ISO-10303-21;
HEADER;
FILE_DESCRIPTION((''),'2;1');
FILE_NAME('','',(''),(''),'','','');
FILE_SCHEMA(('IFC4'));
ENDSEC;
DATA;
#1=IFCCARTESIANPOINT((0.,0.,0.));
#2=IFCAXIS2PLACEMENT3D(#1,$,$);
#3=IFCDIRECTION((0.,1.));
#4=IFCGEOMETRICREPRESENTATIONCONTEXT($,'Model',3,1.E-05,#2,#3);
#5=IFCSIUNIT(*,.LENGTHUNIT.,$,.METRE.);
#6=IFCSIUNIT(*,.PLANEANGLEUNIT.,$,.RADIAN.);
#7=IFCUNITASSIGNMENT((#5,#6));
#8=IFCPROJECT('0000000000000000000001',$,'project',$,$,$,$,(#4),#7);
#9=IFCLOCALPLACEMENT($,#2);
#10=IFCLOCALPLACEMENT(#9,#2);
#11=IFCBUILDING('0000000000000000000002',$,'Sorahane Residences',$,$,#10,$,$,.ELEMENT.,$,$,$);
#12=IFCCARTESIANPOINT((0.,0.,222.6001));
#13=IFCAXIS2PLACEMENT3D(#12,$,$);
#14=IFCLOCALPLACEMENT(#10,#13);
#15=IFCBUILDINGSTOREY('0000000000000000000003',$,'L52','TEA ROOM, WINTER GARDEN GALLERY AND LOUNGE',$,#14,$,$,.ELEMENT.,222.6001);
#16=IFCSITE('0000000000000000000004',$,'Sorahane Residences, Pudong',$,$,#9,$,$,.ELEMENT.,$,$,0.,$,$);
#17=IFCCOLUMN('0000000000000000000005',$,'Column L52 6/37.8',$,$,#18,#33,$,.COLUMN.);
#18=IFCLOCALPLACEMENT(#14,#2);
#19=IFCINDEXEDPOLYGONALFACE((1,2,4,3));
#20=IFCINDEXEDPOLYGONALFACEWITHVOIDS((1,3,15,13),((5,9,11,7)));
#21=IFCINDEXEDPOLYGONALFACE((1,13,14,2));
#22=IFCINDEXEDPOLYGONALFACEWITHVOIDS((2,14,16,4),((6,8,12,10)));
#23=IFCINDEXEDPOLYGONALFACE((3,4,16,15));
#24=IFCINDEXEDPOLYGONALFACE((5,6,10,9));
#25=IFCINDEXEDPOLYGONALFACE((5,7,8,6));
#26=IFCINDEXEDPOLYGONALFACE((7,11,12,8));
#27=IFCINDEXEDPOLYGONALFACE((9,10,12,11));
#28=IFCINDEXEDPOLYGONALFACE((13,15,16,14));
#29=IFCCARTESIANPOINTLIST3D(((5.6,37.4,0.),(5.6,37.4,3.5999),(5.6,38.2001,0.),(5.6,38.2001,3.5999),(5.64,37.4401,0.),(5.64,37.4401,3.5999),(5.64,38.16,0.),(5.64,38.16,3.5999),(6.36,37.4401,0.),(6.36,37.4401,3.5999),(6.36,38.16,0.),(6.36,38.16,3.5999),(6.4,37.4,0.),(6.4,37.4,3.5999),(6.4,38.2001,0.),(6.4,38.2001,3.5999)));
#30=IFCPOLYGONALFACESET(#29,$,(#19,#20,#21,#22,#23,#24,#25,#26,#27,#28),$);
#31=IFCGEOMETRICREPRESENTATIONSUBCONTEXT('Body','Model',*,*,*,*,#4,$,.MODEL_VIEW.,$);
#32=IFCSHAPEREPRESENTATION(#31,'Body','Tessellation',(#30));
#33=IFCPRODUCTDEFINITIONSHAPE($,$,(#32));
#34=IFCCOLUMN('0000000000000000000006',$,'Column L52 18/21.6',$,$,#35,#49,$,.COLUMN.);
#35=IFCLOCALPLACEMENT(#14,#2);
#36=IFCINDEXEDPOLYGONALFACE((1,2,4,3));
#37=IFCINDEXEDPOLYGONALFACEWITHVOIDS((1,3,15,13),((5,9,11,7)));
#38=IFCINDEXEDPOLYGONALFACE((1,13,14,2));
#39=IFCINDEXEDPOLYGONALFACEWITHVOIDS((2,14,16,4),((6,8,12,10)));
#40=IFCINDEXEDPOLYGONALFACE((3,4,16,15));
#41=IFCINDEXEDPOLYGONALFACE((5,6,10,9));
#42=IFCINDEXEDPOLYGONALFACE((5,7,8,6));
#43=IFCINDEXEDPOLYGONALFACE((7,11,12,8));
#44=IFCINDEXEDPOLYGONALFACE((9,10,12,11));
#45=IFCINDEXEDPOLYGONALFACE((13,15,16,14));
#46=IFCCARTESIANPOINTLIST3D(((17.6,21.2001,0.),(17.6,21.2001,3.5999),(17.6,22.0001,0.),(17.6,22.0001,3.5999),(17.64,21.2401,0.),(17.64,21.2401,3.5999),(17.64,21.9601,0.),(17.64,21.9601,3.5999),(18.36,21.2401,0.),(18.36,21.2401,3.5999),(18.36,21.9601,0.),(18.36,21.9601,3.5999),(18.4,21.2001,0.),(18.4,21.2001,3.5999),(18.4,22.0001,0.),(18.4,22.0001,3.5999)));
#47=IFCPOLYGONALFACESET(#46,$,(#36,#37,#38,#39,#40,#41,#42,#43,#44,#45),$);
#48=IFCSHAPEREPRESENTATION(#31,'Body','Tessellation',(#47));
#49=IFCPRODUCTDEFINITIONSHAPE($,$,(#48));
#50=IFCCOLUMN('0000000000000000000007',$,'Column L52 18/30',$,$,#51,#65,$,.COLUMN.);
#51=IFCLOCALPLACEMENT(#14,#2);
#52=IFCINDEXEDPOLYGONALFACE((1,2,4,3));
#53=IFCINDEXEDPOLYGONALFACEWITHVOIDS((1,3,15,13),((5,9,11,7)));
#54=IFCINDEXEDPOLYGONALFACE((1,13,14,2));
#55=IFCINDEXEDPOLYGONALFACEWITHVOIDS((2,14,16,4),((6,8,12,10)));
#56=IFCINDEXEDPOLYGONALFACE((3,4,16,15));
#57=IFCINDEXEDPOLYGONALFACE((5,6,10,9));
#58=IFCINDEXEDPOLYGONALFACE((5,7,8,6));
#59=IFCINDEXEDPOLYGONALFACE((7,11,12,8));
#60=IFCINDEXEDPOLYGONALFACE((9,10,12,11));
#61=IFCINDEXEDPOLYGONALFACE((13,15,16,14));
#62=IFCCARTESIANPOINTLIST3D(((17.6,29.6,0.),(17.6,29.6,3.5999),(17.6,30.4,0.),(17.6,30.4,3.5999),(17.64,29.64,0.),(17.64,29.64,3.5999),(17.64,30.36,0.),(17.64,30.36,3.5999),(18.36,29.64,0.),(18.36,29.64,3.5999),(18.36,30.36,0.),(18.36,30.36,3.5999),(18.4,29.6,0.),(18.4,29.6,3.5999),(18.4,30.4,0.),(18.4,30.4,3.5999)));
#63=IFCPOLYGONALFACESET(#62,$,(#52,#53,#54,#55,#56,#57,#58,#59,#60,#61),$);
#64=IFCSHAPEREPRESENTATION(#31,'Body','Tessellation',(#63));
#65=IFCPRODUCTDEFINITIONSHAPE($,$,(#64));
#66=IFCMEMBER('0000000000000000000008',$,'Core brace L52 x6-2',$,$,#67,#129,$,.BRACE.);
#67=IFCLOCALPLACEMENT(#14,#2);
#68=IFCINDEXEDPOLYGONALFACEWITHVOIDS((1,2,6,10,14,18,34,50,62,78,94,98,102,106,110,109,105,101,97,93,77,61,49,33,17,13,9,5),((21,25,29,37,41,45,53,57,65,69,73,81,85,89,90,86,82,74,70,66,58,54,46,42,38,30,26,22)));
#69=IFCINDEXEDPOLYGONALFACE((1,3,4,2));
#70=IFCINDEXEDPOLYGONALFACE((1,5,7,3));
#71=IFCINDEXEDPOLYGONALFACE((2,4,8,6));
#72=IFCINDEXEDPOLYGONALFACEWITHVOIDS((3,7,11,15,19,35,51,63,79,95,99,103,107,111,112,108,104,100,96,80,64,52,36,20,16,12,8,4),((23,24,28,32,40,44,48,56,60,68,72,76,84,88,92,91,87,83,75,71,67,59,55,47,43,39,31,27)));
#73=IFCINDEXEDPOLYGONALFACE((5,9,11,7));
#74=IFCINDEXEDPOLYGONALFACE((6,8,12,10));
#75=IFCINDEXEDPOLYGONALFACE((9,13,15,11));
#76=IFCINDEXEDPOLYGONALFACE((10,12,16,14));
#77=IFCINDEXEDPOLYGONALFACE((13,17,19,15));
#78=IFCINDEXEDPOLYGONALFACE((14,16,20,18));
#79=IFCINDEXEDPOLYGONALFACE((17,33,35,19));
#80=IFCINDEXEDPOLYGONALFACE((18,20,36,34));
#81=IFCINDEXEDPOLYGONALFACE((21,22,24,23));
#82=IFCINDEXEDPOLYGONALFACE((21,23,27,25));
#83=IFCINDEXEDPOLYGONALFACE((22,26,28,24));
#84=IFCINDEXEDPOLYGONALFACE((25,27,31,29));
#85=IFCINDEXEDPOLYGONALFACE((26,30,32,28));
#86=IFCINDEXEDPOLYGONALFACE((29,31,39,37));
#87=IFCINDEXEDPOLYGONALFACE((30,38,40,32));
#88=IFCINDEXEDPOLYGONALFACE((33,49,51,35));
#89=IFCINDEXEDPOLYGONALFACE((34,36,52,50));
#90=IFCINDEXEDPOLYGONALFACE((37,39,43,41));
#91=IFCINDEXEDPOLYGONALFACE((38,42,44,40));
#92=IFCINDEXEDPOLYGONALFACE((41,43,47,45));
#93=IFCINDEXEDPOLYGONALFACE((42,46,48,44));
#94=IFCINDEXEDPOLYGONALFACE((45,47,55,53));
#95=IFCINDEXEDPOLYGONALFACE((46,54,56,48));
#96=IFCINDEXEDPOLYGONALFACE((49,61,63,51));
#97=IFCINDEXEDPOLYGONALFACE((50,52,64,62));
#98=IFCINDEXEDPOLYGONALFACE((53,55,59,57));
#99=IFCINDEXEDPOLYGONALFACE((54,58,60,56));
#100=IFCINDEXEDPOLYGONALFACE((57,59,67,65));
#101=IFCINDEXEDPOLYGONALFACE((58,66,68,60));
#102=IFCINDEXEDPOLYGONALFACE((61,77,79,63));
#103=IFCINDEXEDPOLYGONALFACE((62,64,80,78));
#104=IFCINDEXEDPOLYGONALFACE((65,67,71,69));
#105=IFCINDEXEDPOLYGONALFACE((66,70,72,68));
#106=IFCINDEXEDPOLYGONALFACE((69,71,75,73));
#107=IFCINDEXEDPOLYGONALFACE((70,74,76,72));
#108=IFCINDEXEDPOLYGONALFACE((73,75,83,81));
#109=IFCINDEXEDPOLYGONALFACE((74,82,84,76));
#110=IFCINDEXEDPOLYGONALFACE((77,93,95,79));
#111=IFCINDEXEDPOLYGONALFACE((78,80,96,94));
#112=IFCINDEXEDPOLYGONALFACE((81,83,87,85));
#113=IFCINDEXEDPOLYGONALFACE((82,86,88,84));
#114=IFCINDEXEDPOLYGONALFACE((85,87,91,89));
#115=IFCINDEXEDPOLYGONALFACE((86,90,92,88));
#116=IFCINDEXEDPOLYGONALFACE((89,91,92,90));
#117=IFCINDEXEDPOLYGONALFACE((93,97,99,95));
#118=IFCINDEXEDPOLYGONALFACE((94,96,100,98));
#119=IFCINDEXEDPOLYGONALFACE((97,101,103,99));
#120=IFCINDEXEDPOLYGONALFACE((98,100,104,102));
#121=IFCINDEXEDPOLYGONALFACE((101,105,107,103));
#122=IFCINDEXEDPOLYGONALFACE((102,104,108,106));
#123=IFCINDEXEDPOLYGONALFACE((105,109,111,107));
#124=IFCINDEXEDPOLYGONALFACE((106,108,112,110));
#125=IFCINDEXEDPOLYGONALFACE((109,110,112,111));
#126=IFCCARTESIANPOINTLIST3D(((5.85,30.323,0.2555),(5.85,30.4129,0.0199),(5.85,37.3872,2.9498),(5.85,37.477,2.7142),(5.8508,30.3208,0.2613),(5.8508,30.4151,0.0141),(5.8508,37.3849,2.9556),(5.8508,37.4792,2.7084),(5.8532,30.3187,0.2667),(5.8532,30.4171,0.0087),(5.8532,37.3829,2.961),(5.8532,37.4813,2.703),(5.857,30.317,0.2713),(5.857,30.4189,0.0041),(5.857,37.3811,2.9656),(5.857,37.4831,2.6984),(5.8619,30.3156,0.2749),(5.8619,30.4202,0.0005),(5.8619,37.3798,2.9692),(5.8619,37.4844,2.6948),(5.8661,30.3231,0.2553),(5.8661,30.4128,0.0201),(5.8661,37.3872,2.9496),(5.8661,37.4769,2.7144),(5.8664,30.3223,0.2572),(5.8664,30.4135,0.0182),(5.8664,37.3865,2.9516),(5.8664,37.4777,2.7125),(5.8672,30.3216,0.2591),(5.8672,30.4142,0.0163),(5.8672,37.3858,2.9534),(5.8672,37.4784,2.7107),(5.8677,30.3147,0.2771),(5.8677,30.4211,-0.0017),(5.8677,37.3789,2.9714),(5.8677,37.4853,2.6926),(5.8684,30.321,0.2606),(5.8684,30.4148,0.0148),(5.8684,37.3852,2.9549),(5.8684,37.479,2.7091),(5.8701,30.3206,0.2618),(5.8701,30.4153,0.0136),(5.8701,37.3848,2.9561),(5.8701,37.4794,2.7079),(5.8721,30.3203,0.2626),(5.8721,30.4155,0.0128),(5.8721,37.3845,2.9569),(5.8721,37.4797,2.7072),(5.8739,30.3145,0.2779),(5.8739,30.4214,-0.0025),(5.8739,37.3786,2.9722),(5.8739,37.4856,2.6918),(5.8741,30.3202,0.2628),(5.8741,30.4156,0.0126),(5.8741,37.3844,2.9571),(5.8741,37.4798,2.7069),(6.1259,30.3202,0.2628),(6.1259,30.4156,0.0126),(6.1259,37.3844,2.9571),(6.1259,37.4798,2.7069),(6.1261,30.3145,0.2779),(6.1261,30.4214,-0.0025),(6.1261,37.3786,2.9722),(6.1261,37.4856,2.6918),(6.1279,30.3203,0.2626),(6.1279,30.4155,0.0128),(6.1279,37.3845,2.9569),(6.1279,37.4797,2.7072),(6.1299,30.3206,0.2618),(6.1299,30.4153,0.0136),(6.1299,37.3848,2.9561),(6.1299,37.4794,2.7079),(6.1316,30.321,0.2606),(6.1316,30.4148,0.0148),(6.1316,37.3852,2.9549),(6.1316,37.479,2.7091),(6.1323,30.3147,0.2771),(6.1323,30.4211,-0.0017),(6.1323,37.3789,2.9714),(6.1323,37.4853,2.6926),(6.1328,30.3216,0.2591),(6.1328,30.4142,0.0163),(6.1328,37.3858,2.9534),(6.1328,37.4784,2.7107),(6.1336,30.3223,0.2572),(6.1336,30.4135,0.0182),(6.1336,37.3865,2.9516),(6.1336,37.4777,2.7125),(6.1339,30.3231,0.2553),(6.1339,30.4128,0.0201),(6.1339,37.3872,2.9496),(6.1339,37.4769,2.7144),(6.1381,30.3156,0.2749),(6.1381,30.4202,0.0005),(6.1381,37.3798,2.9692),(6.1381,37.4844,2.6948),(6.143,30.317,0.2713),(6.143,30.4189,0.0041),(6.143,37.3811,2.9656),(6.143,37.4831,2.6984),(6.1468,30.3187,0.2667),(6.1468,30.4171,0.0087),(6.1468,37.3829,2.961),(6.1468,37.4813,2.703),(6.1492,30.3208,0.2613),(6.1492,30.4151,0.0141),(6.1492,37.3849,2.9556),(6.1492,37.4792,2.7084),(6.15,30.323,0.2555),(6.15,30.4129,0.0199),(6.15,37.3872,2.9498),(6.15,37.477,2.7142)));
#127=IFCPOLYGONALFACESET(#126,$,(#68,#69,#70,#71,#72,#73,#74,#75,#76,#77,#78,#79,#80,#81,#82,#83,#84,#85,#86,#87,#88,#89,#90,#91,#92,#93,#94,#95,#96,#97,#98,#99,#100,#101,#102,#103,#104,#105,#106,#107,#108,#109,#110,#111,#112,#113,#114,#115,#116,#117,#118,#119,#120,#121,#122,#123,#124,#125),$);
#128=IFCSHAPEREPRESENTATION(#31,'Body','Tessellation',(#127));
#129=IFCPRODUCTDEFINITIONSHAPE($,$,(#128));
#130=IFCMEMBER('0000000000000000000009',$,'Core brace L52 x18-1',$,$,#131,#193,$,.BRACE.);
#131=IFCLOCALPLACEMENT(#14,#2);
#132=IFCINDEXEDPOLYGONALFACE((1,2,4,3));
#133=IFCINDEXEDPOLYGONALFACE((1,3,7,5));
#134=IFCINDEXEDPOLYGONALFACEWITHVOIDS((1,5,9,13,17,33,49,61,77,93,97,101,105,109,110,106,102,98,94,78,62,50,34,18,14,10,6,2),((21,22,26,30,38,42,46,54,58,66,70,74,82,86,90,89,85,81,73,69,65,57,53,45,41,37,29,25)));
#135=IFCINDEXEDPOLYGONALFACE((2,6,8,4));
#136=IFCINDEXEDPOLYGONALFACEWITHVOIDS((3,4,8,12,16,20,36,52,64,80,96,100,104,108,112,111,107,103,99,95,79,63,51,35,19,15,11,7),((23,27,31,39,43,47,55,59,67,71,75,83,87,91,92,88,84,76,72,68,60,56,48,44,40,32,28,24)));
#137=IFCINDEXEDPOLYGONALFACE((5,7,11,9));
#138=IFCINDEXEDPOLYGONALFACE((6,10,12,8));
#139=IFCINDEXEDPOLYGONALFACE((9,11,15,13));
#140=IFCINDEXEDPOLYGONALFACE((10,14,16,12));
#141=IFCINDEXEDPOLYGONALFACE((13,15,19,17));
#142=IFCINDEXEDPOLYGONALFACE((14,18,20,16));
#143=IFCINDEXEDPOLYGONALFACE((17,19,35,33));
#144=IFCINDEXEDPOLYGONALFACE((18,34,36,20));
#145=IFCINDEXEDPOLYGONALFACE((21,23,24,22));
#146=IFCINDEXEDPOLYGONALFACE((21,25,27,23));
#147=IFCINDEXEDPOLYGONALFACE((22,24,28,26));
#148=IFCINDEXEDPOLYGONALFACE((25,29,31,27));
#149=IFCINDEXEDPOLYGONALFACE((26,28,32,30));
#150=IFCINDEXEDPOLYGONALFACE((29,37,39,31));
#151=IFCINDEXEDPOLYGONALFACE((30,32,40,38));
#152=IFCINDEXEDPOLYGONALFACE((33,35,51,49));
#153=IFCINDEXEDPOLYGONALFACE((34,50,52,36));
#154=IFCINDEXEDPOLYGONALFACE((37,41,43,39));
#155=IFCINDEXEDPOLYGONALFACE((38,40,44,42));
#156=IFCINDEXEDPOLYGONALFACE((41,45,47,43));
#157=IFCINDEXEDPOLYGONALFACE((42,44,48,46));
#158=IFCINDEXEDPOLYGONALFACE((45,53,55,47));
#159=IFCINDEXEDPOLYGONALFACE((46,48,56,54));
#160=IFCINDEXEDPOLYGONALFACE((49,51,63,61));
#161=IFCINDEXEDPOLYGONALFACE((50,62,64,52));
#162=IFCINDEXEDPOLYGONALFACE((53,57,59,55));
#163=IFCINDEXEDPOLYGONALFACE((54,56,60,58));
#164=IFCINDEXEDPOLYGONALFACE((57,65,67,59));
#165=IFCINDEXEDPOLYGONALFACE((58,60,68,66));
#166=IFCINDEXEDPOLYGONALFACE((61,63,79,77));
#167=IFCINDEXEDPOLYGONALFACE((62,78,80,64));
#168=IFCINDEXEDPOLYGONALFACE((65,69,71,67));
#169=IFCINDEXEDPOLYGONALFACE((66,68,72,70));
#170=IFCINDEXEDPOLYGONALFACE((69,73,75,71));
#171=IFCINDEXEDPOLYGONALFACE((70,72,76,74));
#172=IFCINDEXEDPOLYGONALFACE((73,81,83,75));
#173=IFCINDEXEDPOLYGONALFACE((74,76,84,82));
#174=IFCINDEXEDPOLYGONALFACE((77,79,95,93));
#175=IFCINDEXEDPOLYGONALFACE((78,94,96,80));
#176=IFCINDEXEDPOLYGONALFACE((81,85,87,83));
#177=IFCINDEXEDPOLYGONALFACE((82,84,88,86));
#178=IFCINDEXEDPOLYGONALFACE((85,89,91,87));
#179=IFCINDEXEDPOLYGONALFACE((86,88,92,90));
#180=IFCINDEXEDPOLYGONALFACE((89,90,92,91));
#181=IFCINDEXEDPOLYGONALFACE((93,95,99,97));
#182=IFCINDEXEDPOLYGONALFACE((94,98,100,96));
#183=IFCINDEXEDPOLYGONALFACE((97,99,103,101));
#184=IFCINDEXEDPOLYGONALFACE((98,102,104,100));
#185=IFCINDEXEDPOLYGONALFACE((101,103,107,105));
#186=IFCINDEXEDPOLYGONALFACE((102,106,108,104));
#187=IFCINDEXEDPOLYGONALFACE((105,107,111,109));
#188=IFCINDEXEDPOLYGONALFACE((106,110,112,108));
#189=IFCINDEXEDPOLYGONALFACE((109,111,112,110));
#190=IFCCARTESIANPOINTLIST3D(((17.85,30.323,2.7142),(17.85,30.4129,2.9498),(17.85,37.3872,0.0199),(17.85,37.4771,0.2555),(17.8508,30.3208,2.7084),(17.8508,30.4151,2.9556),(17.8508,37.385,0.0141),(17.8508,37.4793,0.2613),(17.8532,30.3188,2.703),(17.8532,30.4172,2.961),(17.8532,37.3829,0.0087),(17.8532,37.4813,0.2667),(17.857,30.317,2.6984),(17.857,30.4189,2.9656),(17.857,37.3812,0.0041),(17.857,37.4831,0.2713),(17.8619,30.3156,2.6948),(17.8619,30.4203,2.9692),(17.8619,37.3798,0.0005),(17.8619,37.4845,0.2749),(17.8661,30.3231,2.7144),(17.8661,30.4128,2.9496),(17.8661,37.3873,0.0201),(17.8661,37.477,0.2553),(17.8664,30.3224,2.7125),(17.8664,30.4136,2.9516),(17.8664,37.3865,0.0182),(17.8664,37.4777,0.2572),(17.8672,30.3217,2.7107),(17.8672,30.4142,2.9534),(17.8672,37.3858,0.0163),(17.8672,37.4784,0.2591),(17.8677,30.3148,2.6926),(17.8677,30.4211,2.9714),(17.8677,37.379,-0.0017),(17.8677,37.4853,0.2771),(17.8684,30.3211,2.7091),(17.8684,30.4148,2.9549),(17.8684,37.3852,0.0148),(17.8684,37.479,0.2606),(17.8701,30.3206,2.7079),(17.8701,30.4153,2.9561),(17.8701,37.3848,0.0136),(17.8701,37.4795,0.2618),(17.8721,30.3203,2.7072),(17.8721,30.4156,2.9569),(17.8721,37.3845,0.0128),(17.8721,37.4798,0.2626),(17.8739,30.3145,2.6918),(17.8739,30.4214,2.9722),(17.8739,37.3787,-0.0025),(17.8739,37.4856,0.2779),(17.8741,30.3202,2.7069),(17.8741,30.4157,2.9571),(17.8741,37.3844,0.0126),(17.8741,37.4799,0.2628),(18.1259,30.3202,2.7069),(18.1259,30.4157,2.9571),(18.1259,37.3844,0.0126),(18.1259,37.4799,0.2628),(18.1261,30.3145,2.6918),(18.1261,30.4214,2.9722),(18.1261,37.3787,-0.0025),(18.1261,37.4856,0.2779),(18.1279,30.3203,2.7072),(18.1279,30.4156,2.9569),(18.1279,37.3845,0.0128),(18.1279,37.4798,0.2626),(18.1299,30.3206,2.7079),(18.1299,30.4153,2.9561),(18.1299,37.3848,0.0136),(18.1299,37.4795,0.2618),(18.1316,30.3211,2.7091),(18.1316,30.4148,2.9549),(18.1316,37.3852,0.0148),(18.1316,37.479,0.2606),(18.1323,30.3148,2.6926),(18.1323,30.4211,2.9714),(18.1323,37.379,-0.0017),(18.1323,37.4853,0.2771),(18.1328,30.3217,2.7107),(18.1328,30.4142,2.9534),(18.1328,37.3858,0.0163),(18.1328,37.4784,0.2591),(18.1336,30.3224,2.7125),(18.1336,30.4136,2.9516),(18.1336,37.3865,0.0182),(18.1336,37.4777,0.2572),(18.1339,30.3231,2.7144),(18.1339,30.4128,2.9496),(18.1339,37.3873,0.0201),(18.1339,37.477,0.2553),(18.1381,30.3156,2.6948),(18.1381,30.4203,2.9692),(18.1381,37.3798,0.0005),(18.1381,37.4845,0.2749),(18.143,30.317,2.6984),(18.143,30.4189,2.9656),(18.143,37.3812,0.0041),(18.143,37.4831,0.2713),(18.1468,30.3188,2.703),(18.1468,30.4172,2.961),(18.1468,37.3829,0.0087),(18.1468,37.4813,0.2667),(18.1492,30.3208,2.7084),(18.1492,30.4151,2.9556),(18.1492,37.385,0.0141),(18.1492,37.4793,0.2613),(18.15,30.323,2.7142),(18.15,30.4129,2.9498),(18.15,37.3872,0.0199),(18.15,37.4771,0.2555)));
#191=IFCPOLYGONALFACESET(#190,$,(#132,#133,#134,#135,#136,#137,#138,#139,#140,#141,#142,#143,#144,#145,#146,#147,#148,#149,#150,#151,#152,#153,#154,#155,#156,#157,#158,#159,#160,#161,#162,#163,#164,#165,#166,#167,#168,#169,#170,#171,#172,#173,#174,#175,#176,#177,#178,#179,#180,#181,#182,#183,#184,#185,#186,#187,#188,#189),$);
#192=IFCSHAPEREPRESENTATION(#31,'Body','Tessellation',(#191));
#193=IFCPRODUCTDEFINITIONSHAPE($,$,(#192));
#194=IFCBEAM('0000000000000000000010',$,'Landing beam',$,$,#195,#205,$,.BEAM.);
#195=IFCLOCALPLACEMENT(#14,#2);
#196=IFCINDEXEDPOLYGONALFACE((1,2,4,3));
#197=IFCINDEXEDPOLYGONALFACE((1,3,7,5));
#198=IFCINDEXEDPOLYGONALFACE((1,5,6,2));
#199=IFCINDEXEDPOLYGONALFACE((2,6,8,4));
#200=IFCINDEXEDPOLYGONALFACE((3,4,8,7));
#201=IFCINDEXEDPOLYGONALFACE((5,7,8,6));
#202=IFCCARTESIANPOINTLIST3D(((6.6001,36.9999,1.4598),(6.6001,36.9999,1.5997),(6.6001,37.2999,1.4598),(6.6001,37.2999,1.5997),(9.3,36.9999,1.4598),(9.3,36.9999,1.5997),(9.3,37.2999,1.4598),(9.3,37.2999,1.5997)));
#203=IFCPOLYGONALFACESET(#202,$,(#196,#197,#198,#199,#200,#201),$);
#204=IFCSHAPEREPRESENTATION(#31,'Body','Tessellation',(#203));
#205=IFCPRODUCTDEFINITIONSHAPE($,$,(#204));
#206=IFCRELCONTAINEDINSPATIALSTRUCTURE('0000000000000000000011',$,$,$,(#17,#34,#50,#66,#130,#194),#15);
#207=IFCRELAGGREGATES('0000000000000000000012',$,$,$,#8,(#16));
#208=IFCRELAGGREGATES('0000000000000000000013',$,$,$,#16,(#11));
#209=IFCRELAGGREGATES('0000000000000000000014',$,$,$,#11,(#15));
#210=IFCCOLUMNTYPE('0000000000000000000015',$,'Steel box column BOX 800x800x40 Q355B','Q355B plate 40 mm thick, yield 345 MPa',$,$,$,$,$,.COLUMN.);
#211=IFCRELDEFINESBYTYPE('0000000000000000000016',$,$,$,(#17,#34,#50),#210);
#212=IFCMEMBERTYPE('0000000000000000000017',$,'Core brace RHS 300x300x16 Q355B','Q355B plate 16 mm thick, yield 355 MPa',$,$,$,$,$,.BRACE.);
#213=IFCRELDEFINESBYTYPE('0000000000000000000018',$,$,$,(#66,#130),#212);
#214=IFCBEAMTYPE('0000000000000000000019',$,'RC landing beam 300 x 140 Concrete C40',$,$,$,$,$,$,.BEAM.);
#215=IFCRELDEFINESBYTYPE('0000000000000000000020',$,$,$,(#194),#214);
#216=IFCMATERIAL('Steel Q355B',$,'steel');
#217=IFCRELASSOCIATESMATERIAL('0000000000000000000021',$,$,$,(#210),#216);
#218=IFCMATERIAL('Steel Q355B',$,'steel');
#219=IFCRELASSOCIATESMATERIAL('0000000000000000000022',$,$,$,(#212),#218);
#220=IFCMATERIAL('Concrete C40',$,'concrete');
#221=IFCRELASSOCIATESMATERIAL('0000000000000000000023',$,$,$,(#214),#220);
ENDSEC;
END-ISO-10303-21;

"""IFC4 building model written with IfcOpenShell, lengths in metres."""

from ifc_helpers import new_model, si_unit, direction, frame, origin, origin_2d, place, context, subcontext, project, spatial, rectangle, hollow_rectangle, extrude, material, material_profile, profile_set, type_object, element, save


model = new_model("IFC4")

# Units and contexts
model_context = context("Model", 3, precision=1e-05, world=origin(), true_north=direction((0.0, 1.0)))
body_context = subcontext(model_context, "Body", "Model", "MODEL_VIEW")
ifc_project = project(units=[si_unit("LENGTHUNIT", "METRE"), si_unit("PLANEANGLEUNIT", "RADIAN")], contexts=[model_context])

# Site, building, storey
site_placement = place(None, origin())
site = spatial("IfcSite", under=ifc_project, at=site_placement, Name="Sorahane Residences, Pudong", CompositionType="ELEMENT", RefElevation=0.0)
building_placement = place(site_placement, origin())
building = spatial("IfcBuilding", under=site, at=building_placement, Name="Sorahane Residences", CompositionType="ELEMENT")
storey_placement = place(building_placement, frame((0.0, 0.0, 222.6001)))
storey = spatial("IfcBuildingStorey", under=building, at=storey_placement, Name="L52", Description="TEA ROOM, WINTER GARDEN GALLERY AND LOUNGE", CompositionType="ELEMENT", Elevation=222.6001)

# Columns
ifc_material_1 = material(Name="Steel Q355B", Category="steel")
ifc_material_profile_1 = material_profile(ifc_material_1, hollow_rectangle(XDim=0.8, YDim=0.8, WallThickness=0.04, at=origin_2d()), Name="BOX 800x800x40")
ifc_profile_set_1 = profile_set([ifc_material_profile_1], Name="Steel Q355B")
column_type = type_object("IfcColumnType", Name="Steel box column BOX 800x800x40 Q355B", Description="Q355B plate 40 mm thick, yield 345 MPa", PredefinedType="COLUMN", material=ifc_profile_set_1)
for number, where, z_axis, x_axis, name in (
    (1, (6.0, 37.8, 0.0), (0.0, 0.0, 1.0), (1.0, 0.0, 0.0), "Column L52 6/37.8"),
    (2, (18.0, 21.6001, 0.0), (0.0, 0.0, 1.0), (1.0, 0.0, 0.0), "Column L52 18/21.6"),
    (3, (18.0, 30.0, 0.0), (0.0, 0.0, 1.0), (1.0, 0.0, 0.0), "Column L52 18/30"),
):
    element("IfcColumn", number, at=place(storey_placement, frame(where, z_axis=z_axis, x_axis=x_axis)), inside=storey, type_object=column_type, Name=name, PredefinedType="COLUMN", context=body_context, shape_type="SweptSolid", body=[
        extrude(hollow_rectangle(XDim=0.8, YDim=0.8, WallThickness=0.04, at=origin_2d()), origin(), (0.0, 0.0, 1.0), 3.5999),
    ])

# Members
ifc_material_2 = material(Name="Steel Q355B", Category="steel")
ifc_material_profile_2 = material_profile(ifc_material_2, hollow_rectangle(XDim=0.3, YDim=0.3, WallThickness=0.0161, InnerFilletRadius=0.0081, OuterFilletRadius=0.0239, at=origin_2d()), Name="RHS 300x300x16")
ifc_profile_set_2 = profile_set([ifc_material_profile_2], Name="Steel Q355B")
member_type = type_object("IfcMemberType", Name="Core brace RHS 300x300x16 Q355B", Description="Q355B plate 16 mm thick, yield 355 MPa", PredefinedType="BRACE", material=ifc_profile_set_2)
for number, where, z_axis, x_axis, name in (
    (4, (6.0, 30.3679, 0.1377), (0.0, 0.934346, 0.356366), (-1.0, 0.0, 0.0), "Core brace L52 x6-2"),
    (5, (18.0, 37.4321, 0.1377), (0.0, -0.934346, 0.356366), (1.0, 0.0, 0.0), "Core brace L52 x18-1"),
):
    element("IfcMember", number, at=place(storey_placement, frame(where, z_axis=z_axis, x_axis=x_axis)), inside=storey, type_object=member_type, Name=name, PredefinedType="BRACE", context=body_context, shape_type="SweptSolid", body=[
        extrude(hollow_rectangle(XDim=0.3, YDim=0.3, WallThickness=0.0161, InnerFilletRadius=0.0081, OuterFilletRadius=0.0239, at=origin_2d()), origin(), (0.0, 0.0, 1.0), 7.5605),
    ])

# Beam
ifc_material_3 = material(Name="Concrete C40", Category="concrete")
ifc_material_profile_3 = material_profile(ifc_material_3, rectangle(XDim=0.3, YDim=0.1399, at=origin_2d()), Name="300x140")
ifc_profile_set_3 = profile_set([ifc_material_profile_3], Name="Concrete C40")
beam_type_1 = type_object("IfcBeamType", Name="RC landing beam 300 x 140 Concrete C40", PredefinedType="BEAM", material=ifc_profile_set_3)
for number, where, z_axis, x_axis, name in (
    (6, (6.6001, 37.1499, 1.5298), (1.0, 0.0, 0.0), (0.0, 1.0, 0.0), "Landing beam"),
):
    element("IfcBeam", number, at=place(storey_placement, frame(where, z_axis=z_axis, x_axis=x_axis)), inside=storey, type_object=beam_type_1, Name=name, PredefinedType="BEAM", context=body_context, shape_type="SweptSolid", body=[
        extrude(rectangle(XDim=0.3, YDim=0.1399, at=origin_2d()), origin(), (0.0, 0.0, 1.0), 2.7),
    ])

save(model, "model.ifc")
